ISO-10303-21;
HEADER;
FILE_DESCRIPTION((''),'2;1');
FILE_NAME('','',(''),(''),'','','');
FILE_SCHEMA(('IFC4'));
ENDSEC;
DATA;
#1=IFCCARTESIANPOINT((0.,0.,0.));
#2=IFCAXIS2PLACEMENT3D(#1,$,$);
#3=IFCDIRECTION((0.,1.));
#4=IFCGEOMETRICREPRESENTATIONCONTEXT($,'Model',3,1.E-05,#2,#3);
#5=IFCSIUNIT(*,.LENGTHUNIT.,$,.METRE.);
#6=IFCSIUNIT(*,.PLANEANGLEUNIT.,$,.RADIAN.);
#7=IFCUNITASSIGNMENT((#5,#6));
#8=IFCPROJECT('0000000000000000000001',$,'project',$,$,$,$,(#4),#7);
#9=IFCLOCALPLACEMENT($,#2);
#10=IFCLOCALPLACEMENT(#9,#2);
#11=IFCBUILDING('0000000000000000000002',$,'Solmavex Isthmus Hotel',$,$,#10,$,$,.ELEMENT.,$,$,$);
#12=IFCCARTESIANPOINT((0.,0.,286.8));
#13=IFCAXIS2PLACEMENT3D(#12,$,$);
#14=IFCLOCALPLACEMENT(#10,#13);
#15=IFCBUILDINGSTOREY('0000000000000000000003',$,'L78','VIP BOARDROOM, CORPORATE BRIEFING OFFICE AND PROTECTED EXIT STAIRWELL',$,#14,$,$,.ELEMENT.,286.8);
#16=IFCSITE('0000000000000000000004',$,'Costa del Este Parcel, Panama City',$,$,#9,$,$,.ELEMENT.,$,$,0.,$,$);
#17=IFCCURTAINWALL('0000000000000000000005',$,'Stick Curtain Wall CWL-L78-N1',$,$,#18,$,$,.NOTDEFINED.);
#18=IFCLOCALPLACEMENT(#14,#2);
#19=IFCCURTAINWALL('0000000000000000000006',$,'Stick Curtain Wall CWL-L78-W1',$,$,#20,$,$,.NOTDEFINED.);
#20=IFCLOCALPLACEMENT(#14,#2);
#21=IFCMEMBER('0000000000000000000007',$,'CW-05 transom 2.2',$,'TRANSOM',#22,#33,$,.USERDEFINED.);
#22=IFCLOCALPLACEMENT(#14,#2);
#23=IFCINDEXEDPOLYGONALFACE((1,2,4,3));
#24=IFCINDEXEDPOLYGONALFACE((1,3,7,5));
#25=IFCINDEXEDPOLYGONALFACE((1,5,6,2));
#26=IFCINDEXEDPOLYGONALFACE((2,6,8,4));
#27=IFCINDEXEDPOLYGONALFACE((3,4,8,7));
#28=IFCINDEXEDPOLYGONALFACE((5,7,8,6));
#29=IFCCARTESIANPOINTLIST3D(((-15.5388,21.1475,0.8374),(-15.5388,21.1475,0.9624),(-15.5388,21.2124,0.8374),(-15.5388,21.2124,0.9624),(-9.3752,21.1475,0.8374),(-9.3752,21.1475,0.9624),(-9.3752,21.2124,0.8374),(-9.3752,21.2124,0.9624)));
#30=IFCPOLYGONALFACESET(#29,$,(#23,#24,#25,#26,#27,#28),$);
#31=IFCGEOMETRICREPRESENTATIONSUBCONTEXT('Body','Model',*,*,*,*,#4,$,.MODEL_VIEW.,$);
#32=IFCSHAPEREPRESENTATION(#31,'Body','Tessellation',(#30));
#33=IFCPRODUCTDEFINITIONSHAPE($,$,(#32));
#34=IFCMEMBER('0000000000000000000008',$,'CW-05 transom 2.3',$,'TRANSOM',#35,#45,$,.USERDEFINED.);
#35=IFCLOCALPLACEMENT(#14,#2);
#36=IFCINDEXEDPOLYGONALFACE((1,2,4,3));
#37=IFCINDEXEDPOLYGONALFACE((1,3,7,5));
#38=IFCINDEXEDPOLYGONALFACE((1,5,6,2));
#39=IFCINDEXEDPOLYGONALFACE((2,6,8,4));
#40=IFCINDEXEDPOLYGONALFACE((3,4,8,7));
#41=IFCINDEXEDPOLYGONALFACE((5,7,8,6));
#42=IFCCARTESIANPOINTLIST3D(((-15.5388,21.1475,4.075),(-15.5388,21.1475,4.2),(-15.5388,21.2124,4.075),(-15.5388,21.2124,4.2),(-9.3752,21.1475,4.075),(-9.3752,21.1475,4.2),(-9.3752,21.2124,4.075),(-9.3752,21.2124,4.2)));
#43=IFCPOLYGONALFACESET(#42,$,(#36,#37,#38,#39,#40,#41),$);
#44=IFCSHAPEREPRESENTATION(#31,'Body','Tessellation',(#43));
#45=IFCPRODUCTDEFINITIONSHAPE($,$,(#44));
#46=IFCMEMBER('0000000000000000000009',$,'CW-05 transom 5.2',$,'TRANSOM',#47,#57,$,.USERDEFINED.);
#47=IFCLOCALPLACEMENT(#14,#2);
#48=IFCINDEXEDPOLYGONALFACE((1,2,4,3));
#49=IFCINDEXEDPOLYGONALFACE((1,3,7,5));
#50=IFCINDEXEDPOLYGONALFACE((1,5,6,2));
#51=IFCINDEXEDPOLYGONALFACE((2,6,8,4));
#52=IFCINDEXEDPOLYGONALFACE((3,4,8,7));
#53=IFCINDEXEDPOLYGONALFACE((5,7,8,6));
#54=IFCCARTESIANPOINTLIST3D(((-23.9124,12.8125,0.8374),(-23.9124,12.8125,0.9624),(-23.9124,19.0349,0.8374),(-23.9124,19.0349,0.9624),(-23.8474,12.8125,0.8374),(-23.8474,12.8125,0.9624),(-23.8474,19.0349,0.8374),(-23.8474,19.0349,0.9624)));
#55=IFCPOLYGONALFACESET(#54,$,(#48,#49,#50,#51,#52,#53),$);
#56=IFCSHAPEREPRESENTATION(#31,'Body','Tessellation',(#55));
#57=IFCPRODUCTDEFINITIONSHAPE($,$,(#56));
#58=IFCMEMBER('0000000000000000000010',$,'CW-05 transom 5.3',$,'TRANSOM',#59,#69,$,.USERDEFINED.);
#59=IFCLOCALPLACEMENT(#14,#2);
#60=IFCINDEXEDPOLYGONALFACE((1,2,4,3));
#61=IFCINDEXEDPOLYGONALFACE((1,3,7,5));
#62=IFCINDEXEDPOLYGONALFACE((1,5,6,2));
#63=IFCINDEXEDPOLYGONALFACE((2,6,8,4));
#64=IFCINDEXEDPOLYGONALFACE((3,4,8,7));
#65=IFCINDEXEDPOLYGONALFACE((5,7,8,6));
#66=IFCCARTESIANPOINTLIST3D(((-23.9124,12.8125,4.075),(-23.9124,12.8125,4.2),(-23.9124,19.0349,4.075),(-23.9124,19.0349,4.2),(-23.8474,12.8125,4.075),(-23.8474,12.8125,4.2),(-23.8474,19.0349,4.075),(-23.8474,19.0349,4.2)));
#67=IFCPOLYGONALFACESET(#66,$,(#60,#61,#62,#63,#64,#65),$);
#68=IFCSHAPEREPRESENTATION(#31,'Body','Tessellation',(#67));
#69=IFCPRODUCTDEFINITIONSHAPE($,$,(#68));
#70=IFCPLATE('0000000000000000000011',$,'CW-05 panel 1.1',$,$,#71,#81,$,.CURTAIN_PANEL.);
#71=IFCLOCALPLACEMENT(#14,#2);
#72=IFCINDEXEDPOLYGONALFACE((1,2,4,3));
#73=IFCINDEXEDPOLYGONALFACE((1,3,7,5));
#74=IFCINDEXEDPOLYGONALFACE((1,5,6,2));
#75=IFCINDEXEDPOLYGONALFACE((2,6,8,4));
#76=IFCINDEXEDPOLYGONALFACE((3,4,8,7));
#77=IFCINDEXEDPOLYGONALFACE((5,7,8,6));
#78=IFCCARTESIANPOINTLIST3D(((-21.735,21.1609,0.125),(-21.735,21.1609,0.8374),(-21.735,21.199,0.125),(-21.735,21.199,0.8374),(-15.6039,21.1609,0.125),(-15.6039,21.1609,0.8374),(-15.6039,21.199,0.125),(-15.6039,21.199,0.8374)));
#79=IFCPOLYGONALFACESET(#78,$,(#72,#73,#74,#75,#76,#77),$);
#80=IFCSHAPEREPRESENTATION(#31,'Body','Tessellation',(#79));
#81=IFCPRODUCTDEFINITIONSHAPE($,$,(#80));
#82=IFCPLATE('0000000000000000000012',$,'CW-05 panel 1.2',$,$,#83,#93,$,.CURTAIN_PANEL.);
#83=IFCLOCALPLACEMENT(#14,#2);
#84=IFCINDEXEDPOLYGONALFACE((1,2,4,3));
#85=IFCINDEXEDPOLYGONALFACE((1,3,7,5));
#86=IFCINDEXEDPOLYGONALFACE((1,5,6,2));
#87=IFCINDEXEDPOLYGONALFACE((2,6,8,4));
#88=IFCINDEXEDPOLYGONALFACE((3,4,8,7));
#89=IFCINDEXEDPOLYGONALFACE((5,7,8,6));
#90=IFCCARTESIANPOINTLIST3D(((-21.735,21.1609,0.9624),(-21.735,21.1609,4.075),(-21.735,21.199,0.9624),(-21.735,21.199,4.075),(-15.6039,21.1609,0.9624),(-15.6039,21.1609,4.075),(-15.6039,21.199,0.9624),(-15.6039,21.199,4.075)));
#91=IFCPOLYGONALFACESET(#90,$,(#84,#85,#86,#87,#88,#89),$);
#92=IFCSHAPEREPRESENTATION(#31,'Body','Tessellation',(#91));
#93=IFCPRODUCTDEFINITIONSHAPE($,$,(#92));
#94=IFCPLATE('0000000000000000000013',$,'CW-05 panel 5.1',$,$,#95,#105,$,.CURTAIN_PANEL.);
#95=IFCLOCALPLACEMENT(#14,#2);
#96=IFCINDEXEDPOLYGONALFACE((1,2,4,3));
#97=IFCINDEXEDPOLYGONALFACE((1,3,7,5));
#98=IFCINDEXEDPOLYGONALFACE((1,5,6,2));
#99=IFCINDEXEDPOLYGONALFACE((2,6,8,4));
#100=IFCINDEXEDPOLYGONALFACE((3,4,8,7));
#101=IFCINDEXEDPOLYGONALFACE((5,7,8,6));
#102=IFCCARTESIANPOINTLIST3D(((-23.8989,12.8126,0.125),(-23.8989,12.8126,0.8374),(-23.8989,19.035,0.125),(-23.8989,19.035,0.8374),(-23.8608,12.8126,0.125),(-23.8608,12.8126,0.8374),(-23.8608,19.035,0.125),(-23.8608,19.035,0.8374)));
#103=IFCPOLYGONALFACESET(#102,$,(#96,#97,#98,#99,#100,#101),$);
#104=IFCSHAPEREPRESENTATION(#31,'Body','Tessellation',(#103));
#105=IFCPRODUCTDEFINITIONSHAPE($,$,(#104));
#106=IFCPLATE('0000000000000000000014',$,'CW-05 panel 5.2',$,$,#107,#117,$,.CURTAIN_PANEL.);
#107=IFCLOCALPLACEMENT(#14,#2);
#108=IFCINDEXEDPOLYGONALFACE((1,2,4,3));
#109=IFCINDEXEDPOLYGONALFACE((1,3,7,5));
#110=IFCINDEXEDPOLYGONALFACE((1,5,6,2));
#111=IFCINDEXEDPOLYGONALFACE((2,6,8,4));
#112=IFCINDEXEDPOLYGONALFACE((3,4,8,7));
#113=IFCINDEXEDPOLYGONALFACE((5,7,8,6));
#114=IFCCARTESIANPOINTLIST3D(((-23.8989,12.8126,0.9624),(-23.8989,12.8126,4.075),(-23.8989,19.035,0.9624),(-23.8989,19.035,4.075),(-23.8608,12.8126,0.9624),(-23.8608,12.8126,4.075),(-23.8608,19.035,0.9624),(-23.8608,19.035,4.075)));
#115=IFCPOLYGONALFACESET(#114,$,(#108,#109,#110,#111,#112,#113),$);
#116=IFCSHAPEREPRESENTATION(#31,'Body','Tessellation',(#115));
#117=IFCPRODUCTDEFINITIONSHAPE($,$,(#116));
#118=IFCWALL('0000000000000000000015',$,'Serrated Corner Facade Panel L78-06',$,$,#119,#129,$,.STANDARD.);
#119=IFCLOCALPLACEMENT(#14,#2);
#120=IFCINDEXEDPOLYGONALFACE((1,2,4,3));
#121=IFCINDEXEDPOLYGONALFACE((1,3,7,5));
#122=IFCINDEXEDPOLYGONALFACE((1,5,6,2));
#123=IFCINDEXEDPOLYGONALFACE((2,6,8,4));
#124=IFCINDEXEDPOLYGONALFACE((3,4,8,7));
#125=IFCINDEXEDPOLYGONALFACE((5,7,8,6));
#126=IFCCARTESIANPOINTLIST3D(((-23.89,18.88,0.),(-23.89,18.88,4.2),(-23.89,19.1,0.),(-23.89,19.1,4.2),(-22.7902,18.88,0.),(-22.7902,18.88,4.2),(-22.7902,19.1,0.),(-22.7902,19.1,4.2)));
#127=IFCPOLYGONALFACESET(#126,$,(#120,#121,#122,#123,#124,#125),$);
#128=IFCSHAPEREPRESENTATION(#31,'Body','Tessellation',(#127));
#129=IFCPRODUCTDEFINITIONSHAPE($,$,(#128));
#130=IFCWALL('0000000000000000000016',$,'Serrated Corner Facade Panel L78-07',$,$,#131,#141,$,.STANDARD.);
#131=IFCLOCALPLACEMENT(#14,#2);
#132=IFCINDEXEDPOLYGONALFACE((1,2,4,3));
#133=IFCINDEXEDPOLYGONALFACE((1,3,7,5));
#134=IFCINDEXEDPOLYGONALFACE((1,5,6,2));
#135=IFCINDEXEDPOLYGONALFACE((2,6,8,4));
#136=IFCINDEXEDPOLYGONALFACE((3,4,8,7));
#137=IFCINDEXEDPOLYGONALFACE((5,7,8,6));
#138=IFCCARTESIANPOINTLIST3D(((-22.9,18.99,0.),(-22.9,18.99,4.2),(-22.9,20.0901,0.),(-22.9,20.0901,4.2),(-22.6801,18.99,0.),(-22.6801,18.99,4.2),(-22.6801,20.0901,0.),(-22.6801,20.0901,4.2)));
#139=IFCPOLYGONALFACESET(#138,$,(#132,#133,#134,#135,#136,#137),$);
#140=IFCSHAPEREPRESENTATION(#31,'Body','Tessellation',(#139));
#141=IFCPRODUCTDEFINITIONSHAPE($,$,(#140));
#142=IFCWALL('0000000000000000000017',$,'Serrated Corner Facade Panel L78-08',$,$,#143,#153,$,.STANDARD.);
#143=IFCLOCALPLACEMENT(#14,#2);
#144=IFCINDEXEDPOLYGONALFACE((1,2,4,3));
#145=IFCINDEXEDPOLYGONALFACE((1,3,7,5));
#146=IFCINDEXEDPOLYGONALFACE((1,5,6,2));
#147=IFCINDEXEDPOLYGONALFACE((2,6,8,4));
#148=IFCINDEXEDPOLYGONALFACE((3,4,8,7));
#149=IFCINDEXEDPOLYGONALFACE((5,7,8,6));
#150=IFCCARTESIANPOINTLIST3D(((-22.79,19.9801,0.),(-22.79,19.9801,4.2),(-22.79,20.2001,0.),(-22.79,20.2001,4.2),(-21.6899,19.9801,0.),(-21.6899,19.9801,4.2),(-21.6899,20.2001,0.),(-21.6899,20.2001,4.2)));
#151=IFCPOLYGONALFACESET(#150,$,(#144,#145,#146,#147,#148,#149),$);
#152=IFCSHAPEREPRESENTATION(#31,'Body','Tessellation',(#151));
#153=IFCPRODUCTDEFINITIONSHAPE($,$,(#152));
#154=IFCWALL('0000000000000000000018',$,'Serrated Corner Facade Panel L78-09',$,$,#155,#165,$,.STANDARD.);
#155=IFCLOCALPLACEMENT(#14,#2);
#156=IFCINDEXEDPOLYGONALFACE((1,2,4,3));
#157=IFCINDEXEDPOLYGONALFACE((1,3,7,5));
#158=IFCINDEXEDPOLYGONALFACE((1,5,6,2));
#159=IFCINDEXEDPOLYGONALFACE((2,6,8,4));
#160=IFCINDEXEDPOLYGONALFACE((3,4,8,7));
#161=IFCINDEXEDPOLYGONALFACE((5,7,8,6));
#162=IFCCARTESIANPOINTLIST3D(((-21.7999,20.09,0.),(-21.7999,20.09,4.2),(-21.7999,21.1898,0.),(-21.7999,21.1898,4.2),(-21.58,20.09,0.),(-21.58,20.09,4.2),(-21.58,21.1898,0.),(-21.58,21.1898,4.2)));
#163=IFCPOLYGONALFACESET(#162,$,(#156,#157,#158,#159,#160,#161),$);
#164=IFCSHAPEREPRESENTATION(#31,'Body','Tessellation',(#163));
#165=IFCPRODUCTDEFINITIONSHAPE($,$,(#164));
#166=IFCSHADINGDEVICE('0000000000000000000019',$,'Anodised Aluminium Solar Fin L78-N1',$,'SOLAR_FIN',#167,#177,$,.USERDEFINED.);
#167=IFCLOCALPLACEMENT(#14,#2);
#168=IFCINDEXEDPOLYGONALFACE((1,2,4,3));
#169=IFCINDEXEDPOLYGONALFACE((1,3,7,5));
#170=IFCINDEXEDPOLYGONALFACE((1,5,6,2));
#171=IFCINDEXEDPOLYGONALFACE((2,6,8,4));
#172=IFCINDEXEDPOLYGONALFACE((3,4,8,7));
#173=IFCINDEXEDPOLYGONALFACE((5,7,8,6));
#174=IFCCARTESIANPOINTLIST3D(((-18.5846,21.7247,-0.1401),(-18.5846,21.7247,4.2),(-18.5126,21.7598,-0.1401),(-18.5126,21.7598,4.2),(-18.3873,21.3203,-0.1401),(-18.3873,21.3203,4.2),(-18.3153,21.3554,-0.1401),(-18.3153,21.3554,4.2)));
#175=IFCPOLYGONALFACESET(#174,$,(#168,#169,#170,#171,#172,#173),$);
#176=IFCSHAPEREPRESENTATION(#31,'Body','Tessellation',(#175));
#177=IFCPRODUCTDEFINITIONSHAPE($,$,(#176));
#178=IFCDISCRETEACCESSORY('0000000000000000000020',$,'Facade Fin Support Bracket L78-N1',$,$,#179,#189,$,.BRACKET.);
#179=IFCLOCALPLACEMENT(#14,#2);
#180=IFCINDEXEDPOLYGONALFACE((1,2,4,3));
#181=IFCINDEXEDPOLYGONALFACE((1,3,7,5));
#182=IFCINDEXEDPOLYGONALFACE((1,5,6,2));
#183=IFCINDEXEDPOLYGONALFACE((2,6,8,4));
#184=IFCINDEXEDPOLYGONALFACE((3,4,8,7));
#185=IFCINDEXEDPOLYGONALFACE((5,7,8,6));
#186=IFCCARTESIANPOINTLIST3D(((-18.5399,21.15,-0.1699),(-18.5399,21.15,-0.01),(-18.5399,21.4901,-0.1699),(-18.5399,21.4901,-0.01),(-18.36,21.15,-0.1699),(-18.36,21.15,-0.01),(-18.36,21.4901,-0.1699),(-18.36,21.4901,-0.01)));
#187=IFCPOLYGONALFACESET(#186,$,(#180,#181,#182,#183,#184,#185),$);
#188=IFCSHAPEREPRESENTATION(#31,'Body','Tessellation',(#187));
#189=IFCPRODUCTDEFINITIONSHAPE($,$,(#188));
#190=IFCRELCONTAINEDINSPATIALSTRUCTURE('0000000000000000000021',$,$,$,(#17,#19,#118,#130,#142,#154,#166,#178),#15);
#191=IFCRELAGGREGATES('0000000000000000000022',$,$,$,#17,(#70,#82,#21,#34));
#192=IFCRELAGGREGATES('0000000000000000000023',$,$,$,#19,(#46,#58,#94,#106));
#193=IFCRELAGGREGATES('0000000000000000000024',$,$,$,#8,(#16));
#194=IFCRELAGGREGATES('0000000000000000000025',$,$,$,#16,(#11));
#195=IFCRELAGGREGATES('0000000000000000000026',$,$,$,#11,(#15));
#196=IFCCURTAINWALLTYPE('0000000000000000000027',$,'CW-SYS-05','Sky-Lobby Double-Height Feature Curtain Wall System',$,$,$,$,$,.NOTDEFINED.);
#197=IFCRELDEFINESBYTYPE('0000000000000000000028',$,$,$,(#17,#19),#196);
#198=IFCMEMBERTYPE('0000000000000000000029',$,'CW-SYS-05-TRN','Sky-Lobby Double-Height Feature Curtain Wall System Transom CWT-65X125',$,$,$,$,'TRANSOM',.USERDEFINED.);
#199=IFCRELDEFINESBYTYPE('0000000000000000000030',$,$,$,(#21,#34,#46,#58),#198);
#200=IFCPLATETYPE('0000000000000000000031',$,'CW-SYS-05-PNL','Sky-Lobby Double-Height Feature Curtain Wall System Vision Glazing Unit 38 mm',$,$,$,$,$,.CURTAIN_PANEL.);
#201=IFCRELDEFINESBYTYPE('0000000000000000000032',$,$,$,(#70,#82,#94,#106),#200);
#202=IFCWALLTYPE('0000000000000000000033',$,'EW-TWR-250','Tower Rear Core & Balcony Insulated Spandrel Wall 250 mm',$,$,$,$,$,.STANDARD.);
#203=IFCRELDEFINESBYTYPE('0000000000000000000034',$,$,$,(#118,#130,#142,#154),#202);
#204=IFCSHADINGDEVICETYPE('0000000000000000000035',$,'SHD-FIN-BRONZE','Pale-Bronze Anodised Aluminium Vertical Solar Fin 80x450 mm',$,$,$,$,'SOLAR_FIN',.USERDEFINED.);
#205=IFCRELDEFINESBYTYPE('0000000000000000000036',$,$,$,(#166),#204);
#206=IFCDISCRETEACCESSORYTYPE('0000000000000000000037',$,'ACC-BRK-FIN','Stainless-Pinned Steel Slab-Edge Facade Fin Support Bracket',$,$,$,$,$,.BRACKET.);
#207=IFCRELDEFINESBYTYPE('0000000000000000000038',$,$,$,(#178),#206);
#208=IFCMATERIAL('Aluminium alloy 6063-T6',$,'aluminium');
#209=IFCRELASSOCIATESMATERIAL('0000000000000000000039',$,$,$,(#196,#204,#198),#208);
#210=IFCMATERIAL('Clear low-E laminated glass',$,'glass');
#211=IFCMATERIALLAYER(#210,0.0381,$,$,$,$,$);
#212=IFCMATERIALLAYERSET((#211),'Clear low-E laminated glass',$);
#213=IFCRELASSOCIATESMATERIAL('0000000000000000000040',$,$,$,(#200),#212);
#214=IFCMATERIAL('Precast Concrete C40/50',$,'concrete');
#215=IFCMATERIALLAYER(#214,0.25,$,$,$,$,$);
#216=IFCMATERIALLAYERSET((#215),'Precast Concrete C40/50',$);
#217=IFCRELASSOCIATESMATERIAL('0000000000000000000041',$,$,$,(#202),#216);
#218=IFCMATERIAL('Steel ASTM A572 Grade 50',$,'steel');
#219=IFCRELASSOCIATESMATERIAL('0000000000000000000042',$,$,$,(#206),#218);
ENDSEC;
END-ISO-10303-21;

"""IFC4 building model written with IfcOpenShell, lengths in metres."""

from ifc_helpers import new_model, si_unit, direction, frame, frame_2d, origin, origin_2d, place, context, subcontext, project, spatial, rectangle, extrude, material, layer, layer_set, material_profile, profile_set, type_object, element, aggregate, save


model = new_model("IFC4")

# Units and contexts
model_context = context("Model", 3, precision=1e-05, world=origin(), true_north=direction((0.0, 1.0)))
body_context = subcontext(model_context, "Body", "Model", "MODEL_VIEW")
ifc_project = project(units=[si_unit("LENGTHUNIT", "METRE"), si_unit("PLANEANGLEUNIT", "RADIAN")], contexts=[model_context])

# Site, building, storey
site_placement = place(None, origin())
site = spatial("IfcSite", under=ifc_project, at=site_placement, Name="Costa del Este Parcel, Panama City", CompositionType="ELEMENT", RefElevation=0.0)
building_placement = place(site_placement, origin())
building = spatial("IfcBuilding", under=site, at=building_placement, Name="Solmavex Isthmus Hotel", CompositionType="ELEMENT")
storey_placement = place(building_placement, frame((0.0, 0.0, 286.8)))
storey = spatial("IfcBuildingStorey", under=building, at=storey_placement, Name="L78", Description="VIP BOARDROOM, CORPORATE BRIEFING OFFICE AND PROTECTED EXIT STAIRWELL", CompositionType="ELEMENT", Elevation=286.8)

# Curtain wall
ifc_material_1 = material(Name="Aluminium alloy 6063-T6", Category="aluminium")
curtain_wall_type = type_object("IfcCurtainWallType", Name="CW-SYS-05", Description="Sky-Lobby Double-Height Feature Curtain Wall System", PredefinedType="NOTDEFINED", material=ifc_material_1)
curtain_wall_1_placement = place(storey_placement, origin())
curtain_wall_1 = element("IfcCurtainWall", 1, at=curtain_wall_1_placement, inside=storey, type_object=curtain_wall_type, Name="Stick Curtain Wall CWL-L78-N1", PredefinedType="NOTDEFINED")

# Curtain wall
curtain_wall_2_placement = place(storey_placement, origin())
curtain_wall_2 = element("IfcCurtainWall", 2, at=curtain_wall_2_placement, inside=storey, type_object=curtain_wall_type, Name="Stick Curtain Wall CWL-L78-W1", PredefinedType="NOTDEFINED")

# Members
ifc_material_profile_1 = material_profile(ifc_material_1, rectangle(XDim=0.0649, YDim=0.125, at=origin_2d()), Name="CWT-65X125")
ifc_profile_set_1 = profile_set([ifc_material_profile_1], Name="Aluminium alloy 6063-T6")
member_type_1 = type_object("IfcMemberType", Name="CW-SYS-05-TRN", Description="Sky-Lobby Double-Height Feature Curtain Wall System Transom CWT-65X125", ElementType="TRANSOM", PredefinedType="USERDEFINED", material=ifc_profile_set_1)
member_1_placement = place(storey_placement, frame((-15.5388, 21.1799, 0.8999), z_axis=(1.0, 0.0, 0.0), x_axis=(0.0, 1.0, 0.0)))
member_1 = element("IfcMember", 3, at=member_1_placement, type_object=member_type_1, Name="CW-05 transom 2.2", ObjectType="TRANSOM", PredefinedType="USERDEFINED", context=body_context, shape_type="SweptSolid", body=[
    extrude(rectangle(XDim=0.0649, YDim=0.125, at=origin_2d()), origin(), (0.0, 0.0, 1.0), 6.1636),
])
member_2_placement = place(storey_placement, frame((-15.5388, 21.1799, 4.1375), z_axis=(1.0, 0.0, 0.0), x_axis=(0.0, 1.0, 0.0)))
member_2 = element("IfcMember", 4, at=member_2_placement, type_object=member_type_1, Name="CW-05 transom 2.3", ObjectType="TRANSOM", PredefinedType="USERDEFINED", context=body_context, shape_type="SweptSolid", body=[
    extrude(rectangle(XDim=0.0649, YDim=0.125, at=origin_2d()), origin(), (0.0, 0.0, 1.0), 6.1636),
])
member_3_placement = place(storey_placement, frame((-23.8799, 12.8125, 0.8999), z_axis=(0.0, 1.0, 0.0), x_axis=(-1.0, 0.0, 0.0)))
member_3 = element("IfcMember", 5, at=member_3_placement, type_object=member_type_1, Name="CW-05 transom 5.2", ObjectType="TRANSOM", PredefinedType="USERDEFINED", context=body_context, shape_type="SweptSolid", body=[
    extrude(rectangle(XDim=0.0649, YDim=0.125, at=origin_2d()), origin(), (0.0, 0.0, 1.0), 6.2224),
])
member_4_placement = place(storey_placement, frame((-23.8799, 12.8125, 4.1375), z_axis=(0.0, 1.0, 0.0), x_axis=(-1.0, 0.0, 0.0)))
member_4 = element("IfcMember", 6, at=member_4_placement, type_object=member_type_1, Name="CW-05 transom 5.3", ObjectType="TRANSOM", PredefinedType="USERDEFINED", context=body_context, shape_type="SweptSolid", body=[
    extrude(rectangle(XDim=0.0649, YDim=0.125, at=origin_2d()), origin(), (0.0, 0.0, 1.0), 6.2224),
])

# Plates
ifc_material_2 = material(Name="Clear low-E laminated glass", Category="glass")
ifc_layer_1 = layer(ifc_material_2, 0.0381)
ifc_layer_set_1 = layer_set([ifc_layer_1], Name="Clear low-E laminated glass")
plate_type = type_object("IfcPlateType", Name="CW-SYS-05-PNL", Description="Sky-Lobby Double-Height Feature Curtain Wall System Vision Glazing Unit 38 mm", PredefinedType="CURTAIN_PANEL", material=ifc_layer_set_1)
plate_1_placement = place(storey_placement, frame((-18.6694, 21.1799, 0.125), z_axis=(0.0, 0.0, 1.0), x_axis=(1.0, 0.0, 0.0)))
plate_1 = element("IfcPlate", 7, at=plate_1_placement, type_object=plate_type, Name="CW-05 panel 1.1", PredefinedType="CURTAIN_PANEL", context=body_context, shape_type="SweptSolid", body=[
    extrude(rectangle(XDim=6.1311, YDim=0.0381, at=origin_2d()), origin(), (0.0, 0.0, 1.0), 0.7124),
])
plate_2_placement = place(storey_placement, frame((-18.6694, 21.1799, 0.9624), z_axis=(0.0, 0.0, 1.0), x_axis=(1.0, 0.0, 0.0)))
plate_2 = element("IfcPlate", 8, at=plate_2_placement, type_object=plate_type, Name="CW-05 panel 1.2", PredefinedType="CURTAIN_PANEL", context=body_context, shape_type="SweptSolid", body=[
    extrude(rectangle(XDim=6.1311, YDim=0.0381, at=origin_2d()), origin(), (0.0, 0.0, 1.0), 3.1125),
])
aggregate(curtain_wall_1, [plate_1, plate_2, member_1, member_2])
plate_3_placement = place(storey_placement, frame((-23.8799, 15.9238, 0.125), z_axis=(0.0, 0.0, 1.0), x_axis=(0.0, 1.0, 0.0)))
plate_3 = element("IfcPlate", 9, at=plate_3_placement, type_object=plate_type, Name="CW-05 panel 5.1", PredefinedType="CURTAIN_PANEL", context=body_context, shape_type="SweptSolid", body=[
    extrude(rectangle(XDim=6.2224, YDim=0.0381, at=origin_2d()), origin(), (0.0, 0.0, 1.0), 0.7124),
])
plate_4_placement = place(storey_placement, frame((-23.8799, 15.9238, 0.9624), z_axis=(0.0, 0.0, 1.0), x_axis=(0.0, 1.0, 0.0)))
plate_4 = element("IfcPlate", 10, at=plate_4_placement, type_object=plate_type, Name="CW-05 panel 5.2", PredefinedType="CURTAIN_PANEL", context=body_context, shape_type="SweptSolid", body=[
    extrude(rectangle(XDim=6.2224, YDim=0.0381, at=origin_2d()), origin(), (0.0, 0.0, 1.0), 3.1125),
])
aggregate(curtain_wall_2, [member_3, member_4, plate_3, plate_4])

# Walls
ifc_material_3 = material(Name="Precast Concrete C40/50", Category="concrete")
ifc_layer_2 = layer(ifc_material_3, 0.25)
ifc_layer_set_2 = layer_set([ifc_layer_2], Name="Precast Concrete C40/50")
wall_type = type_object("IfcWallType", Name="EW-TWR-250", Description="Tower Rear Core & Balcony Insulated Spandrel Wall 250 mm", PredefinedType="STANDARD", material=ifc_layer_set_2)
wall_1_placement = place(storey_placement, frame((-23.8899, 18.99, 0.0), z_axis=(0.0, 0.0, 1.0), x_axis=(1.0, 0.0, 0.0)))
element("IfcWall", 11, at=wall_1_placement, inside=storey, type_object=wall_type, Name="Serrated Corner Facade Panel L78-06", PredefinedType="STANDARD", context=body_context, shape_type="SweptSolid", body=[
    extrude(rectangle(XDim=1.0999, YDim=0.22, at=frame_2d((0.5498, 0.0))), origin(), (0.0, 0.0, 1.0), 4.2),
])
for number, where, z_axis, x_axis, name in (
    (12, (-22.79, 18.99, 0.0), (0.0, 0.0, 1.0), (0.0, 1.0, 0.0), "Serrated Corner Facade Panel L78-07"),
    (13, (-22.79, 20.0901, 0.0), (0.0, 0.0, 1.0), (1.0, 0.0, 0.0), "Serrated Corner Facade Panel L78-08"),
):
    element("IfcWall", number, at=place(storey_placement, frame(where, z_axis=z_axis, x_axis=x_axis)), inside=storey, type_object=wall_type, Name=name, PredefinedType="STANDARD", context=body_context, shape_type="SweptSolid", body=[
        extrude(rectangle(XDim=1.1001, YDim=0.22, at=frame_2d((0.55, 0.0))), origin(), (0.0, 0.0, 1.0), 4.2),
    ])
wall_2_placement = place(storey_placement, frame((-21.6899, 20.0901, 0.0), z_axis=(0.0, 0.0, 1.0), x_axis=(0.0, 1.0, 0.0)))
element("IfcWall", 14, at=wall_2_placement, inside=storey, type_object=wall_type, Name="Serrated Corner Facade Panel L78-09", PredefinedType="STANDARD", context=body_context, shape_type="SweptSolid", body=[
    extrude(rectangle(XDim=1.0999, YDim=0.22, at=frame_2d((0.5498, 0.0))), origin(), (0.0, 0.0, 1.0), 4.2),
])

# Shading device
shading_device_type = type_object("IfcShadingDeviceType", Name="SHD-FIN-BRONZE", Description="Pale-Bronze Anodised Aluminium Vertical Solar Fin 80x450 mm", ElementType="SOLAR_FIN", PredefinedType="USERDEFINED", material=ifc_material_1)
shading_device_placement = place(storey_placement, frame((-18.45, 21.54, -0.1401), z_axis=(0.0, 0.0, 1.0), x_axis=(-0.438371, 0.898794, 0.0)))
element("IfcShadingDevice", 15, at=shading_device_placement, inside=storey, type_object=shading_device_type, Name="Anodised Aluminium Solar Fin L78-N1", ObjectType="SOLAR_FIN", PredefinedType="USERDEFINED", context=body_context, shape_type="SweptSolid", body=[
    extrude(rectangle(XDim=0.45, YDim=0.0801, at=origin_2d()), origin(), (0.0, 0.0, 1.0), 4.3401),
])

# Discrete accessory
ifc_material_4 = material(Name="Steel ASTM A572 Grade 50", Category="steel")
discrete_accessory_type = type_object("IfcDiscreteAccessoryType", Name="ACC-BRK-FIN", Description="Stainless-Pinned Steel Slab-Edge Facade Fin Support Bracket", PredefinedType="BRACKET", material=ifc_material_4)
discrete_accessory_placement = place(storey_placement, frame((-18.45, 21.3201, -0.1699), z_axis=(0.0, 0.0, 1.0), x_axis=(0.0, 1.0, 0.0)))
element("IfcDiscreteAccessory", 16, at=discrete_accessory_placement, inside=storey, type_object=discrete_accessory_type, Name="Facade Fin Support Bracket L78-N1", PredefinedType="BRACKET", context=body_context, shape_type="SweptSolid", body=[
    extrude(rectangle(XDim=0.3401, YDim=0.1799, at=origin_2d()), origin(), (0.0, 0.0, 1.0), 0.1599),
])

save(model, "model.ifc")
